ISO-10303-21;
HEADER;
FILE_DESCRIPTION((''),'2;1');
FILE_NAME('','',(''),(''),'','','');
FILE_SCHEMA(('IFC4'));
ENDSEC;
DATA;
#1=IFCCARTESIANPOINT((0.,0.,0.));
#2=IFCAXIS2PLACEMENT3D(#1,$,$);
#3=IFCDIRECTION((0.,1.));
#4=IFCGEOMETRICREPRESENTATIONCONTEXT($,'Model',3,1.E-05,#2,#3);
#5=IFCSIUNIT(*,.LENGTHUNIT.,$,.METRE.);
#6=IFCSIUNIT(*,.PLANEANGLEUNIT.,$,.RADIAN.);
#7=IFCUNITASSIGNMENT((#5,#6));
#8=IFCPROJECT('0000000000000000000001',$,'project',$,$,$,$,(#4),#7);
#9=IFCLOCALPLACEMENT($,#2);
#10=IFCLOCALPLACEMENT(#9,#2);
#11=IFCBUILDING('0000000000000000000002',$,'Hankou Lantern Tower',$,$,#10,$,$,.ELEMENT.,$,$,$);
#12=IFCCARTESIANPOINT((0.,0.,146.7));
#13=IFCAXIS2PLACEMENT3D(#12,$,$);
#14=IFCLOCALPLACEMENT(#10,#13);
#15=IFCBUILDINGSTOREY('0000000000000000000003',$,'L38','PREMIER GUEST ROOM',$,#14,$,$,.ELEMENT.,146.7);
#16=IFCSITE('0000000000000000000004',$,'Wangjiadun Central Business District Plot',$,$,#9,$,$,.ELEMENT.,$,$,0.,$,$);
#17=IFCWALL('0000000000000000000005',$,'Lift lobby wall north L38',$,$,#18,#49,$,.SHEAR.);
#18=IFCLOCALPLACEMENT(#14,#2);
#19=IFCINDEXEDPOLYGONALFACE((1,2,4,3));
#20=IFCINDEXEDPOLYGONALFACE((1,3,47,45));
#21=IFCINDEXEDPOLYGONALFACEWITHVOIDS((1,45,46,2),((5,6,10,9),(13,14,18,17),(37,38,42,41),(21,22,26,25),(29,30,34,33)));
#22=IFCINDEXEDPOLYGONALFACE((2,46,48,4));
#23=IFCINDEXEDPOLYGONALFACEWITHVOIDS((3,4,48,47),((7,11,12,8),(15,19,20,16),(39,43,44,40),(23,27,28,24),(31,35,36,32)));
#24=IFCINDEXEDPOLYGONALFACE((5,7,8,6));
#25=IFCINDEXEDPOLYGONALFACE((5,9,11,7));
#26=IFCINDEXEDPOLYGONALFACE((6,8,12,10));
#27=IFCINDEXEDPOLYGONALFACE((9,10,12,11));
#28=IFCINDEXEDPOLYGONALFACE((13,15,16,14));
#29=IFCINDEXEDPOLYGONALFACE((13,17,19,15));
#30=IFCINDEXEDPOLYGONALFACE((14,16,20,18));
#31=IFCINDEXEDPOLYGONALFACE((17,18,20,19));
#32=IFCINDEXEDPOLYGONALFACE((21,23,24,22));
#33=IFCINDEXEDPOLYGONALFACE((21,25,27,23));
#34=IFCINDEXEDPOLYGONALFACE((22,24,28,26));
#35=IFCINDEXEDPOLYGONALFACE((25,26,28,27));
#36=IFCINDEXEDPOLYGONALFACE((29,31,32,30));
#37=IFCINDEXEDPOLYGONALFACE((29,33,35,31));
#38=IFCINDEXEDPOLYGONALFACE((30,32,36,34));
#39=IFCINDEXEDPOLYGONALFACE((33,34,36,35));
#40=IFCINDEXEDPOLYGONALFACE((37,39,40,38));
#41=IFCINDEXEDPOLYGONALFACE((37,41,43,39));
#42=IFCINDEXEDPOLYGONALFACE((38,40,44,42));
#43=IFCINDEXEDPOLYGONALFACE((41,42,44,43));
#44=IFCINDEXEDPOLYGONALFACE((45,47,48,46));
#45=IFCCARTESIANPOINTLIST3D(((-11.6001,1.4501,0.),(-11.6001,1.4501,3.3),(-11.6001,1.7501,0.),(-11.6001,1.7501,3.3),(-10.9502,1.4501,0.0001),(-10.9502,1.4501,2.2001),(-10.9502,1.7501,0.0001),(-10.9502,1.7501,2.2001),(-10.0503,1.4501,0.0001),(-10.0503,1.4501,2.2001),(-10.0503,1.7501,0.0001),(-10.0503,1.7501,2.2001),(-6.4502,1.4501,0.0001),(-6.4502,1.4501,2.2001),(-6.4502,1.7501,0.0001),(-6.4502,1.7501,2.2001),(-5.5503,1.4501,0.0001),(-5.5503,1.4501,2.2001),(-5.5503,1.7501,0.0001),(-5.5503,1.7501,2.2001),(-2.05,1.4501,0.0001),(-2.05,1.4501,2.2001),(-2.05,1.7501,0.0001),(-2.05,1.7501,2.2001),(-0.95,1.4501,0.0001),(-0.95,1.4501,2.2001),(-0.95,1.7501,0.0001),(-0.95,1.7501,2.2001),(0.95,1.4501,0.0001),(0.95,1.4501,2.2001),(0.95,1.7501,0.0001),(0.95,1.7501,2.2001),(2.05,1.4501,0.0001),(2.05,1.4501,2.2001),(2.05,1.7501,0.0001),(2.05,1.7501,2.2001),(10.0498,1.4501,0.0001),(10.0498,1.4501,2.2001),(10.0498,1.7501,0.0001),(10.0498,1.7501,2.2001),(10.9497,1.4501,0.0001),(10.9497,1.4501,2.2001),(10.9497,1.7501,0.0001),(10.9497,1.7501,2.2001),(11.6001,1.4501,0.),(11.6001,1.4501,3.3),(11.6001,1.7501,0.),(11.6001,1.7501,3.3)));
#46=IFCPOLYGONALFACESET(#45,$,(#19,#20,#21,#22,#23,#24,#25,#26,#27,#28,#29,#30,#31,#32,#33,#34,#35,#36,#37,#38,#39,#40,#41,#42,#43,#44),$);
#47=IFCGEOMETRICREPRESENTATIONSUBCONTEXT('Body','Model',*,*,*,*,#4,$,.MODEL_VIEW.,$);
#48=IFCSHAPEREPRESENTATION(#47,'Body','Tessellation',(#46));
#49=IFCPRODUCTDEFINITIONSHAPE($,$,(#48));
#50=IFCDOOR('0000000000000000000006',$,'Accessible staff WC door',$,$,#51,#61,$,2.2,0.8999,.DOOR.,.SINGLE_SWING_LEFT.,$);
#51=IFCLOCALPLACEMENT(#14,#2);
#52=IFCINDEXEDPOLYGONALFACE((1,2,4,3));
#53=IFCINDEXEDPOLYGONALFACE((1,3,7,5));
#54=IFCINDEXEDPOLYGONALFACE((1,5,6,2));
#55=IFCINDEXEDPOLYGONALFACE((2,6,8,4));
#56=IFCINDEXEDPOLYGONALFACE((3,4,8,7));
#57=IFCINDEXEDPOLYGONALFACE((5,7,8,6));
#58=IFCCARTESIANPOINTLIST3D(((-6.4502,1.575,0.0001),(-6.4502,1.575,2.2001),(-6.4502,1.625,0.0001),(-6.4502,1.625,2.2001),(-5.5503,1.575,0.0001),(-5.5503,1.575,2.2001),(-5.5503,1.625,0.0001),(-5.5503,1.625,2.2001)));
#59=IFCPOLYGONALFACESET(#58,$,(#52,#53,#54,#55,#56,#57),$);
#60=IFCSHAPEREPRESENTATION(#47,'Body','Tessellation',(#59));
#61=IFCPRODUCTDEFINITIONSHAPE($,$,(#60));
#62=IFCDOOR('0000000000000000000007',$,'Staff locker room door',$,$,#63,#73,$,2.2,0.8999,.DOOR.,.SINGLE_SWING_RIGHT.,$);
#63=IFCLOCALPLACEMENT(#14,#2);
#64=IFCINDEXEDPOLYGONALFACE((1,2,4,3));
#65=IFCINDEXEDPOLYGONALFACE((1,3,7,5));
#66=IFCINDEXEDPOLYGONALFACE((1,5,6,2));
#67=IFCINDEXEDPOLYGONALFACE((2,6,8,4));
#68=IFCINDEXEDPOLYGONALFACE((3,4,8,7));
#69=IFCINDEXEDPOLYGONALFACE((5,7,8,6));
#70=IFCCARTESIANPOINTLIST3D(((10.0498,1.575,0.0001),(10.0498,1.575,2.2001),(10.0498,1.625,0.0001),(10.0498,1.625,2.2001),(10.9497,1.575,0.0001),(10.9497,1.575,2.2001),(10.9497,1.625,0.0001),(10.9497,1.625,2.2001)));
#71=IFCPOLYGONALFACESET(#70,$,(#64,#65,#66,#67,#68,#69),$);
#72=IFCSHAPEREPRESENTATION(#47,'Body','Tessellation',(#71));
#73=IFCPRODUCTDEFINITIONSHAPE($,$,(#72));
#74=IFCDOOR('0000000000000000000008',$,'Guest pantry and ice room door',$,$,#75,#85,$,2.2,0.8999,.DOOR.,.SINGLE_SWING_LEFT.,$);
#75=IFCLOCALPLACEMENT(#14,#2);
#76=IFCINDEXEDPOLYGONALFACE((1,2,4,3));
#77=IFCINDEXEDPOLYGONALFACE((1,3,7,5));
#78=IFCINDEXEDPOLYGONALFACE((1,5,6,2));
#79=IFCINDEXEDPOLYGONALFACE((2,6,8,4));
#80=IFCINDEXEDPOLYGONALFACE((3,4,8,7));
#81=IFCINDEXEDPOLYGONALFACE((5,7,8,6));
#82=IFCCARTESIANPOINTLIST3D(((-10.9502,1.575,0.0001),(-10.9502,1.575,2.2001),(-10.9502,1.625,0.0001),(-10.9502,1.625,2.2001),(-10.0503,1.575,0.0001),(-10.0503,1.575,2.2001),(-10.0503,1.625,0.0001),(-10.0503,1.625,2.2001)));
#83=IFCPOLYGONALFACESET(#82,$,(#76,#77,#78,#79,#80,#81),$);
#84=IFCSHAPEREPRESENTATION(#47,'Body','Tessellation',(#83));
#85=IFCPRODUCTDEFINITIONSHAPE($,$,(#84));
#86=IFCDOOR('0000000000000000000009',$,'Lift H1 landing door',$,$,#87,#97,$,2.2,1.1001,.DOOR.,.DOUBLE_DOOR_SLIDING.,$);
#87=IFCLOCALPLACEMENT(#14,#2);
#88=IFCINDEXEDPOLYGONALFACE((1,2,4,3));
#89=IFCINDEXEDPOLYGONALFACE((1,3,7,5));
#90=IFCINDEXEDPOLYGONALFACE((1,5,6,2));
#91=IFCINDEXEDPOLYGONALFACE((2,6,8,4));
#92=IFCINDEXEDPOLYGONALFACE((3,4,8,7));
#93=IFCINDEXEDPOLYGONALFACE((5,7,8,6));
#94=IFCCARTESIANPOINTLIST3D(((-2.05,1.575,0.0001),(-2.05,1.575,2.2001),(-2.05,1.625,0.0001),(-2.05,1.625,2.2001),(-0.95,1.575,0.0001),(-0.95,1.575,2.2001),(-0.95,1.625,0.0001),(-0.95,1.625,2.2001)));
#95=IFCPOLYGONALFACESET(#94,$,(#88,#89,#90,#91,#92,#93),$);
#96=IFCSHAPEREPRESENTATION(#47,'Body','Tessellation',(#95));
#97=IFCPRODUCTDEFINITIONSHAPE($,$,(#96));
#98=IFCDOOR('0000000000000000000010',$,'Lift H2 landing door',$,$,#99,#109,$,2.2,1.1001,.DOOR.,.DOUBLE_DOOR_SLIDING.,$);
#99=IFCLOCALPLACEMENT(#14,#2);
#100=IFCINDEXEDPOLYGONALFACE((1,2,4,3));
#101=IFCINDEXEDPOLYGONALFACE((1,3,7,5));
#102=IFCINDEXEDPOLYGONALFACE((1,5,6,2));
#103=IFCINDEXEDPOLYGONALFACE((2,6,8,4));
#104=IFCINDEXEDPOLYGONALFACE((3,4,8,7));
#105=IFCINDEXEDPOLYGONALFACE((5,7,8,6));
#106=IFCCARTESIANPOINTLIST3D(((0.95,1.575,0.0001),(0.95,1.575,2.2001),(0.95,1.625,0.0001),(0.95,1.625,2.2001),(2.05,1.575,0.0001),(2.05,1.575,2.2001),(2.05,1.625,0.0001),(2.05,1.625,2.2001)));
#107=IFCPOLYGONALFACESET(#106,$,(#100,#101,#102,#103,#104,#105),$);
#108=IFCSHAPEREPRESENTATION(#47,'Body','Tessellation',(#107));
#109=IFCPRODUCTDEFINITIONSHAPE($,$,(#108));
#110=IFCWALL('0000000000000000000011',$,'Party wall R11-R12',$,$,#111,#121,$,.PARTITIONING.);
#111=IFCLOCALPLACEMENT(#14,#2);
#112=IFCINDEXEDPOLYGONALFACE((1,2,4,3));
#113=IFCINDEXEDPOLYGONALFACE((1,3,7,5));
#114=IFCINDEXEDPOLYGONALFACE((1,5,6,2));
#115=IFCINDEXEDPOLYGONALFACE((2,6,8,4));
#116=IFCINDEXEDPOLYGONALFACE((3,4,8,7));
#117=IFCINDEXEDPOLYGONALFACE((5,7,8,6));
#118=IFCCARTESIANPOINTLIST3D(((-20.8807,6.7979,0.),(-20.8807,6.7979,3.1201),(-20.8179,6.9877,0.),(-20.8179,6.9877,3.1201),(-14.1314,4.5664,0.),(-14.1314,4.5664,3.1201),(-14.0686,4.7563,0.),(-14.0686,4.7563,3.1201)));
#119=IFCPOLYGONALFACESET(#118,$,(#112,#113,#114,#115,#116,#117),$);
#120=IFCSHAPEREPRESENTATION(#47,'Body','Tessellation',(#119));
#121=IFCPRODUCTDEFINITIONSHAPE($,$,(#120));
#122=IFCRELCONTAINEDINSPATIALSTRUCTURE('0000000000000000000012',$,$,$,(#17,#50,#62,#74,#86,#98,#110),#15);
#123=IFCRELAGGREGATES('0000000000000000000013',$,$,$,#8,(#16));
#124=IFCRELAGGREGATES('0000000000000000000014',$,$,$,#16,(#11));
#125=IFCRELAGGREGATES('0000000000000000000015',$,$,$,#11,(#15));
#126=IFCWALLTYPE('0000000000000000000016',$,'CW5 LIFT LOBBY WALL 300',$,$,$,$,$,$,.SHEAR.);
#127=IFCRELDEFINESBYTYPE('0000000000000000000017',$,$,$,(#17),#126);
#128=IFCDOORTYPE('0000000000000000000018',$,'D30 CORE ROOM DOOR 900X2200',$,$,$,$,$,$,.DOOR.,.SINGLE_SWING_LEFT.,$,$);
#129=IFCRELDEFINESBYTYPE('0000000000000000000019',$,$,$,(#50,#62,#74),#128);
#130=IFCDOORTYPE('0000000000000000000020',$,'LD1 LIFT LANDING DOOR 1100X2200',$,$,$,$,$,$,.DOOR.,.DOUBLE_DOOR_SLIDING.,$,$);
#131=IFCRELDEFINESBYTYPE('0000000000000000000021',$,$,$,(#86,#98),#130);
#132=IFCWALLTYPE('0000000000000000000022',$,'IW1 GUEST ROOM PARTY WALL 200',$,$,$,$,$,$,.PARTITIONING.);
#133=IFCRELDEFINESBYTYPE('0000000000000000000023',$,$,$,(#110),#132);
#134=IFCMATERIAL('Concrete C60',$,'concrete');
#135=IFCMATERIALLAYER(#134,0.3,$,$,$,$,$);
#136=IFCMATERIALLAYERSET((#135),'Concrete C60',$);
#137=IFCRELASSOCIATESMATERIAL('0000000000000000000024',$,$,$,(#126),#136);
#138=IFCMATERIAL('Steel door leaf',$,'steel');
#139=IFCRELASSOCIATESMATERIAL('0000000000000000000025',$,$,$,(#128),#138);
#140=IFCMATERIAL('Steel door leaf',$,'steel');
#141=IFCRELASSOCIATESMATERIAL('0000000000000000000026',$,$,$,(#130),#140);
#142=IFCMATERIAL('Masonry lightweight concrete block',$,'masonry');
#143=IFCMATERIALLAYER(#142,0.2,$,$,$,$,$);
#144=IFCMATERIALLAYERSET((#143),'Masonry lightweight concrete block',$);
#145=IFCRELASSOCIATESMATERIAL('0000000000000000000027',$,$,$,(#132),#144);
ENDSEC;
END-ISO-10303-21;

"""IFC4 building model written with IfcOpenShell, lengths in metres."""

from ifc_helpers import new_model, si_unit, direction, frame, frame_2d, origin, place, context, subcontext, project, spatial, rectangle, extrude, material, layer, layer_set, type_object, element, fill, save


model = new_model("IFC4")

# Units and contexts
model_context = context("Model", 3, precision=1e-05, world=origin(), true_north=direction((0.0, 1.0)))
body_context = subcontext(model_context, "Body", "Model", "MODEL_VIEW")
ifc_project = project(units=[si_unit("LENGTHUNIT", "METRE"), si_unit("PLANEANGLEUNIT", "RADIAN")], contexts=[model_context])

# Site, building, storey
site_placement = place(None, origin())
site = spatial("IfcSite", under=ifc_project, at=site_placement, Name="Wangjiadun Central Business District Plot", CompositionType="ELEMENT", RefElevation=0.0)
building_placement = place(site_placement, origin())
building = spatial("IfcBuilding", under=site, at=building_placement, Name="Hankou Lantern Tower", CompositionType="ELEMENT")
storey_placement = place(building_placement, frame((0.0, 0.0, 146.7)))
storey = spatial("IfcBuildingStorey", under=building, at=storey_placement, Name="L38", Description="PREMIER GUEST ROOM", CompositionType="ELEMENT", Elevation=146.7)

# Wall, openings, doors
ifc_material_1 = material(Name="Concrete C60", Category="concrete")
ifc_layer_1 = layer(ifc_material_1, 0.3)
ifc_layer_set_1 = layer_set([ifc_layer_1], Name="Concrete C60")
wall_type_1 = type_object("IfcWallType", Name="CW5 LIFT LOBBY WALL 300", PredefinedType="SHEAR", material=ifc_layer_set_1)
wall_1_placement = place(storey_placement, frame((-11.6001, 1.6001, 0.0), z_axis=(0.0, 0.0, 1.0), x_axis=(1.0, 0.0, 0.0)))
wall_1 = element("IfcWall", 1, at=wall_1_placement, inside=storey, type_object=wall_type_1, Name="Lift lobby wall north L38", PredefinedType="SHEAR", context=body_context, shape_type="SweptSolid", body=[
    extrude(rectangle(XDim=23.2002, YDim=0.3, at=frame_2d((11.6001, 0.0))), origin(), (0.0, 0.0, 1.0), 3.3),
])
opening_1_placement = place(wall_1_placement, frame((9.55, 0.0, 0.0)))
opening_1 = element("IfcOpeningElement", 2, at=opening_1_placement, cuts=wall_1, PredefinedType="OPENING", context=body_context, shape_type="SweptSolid", body=[
    extrude(rectangle(XDim=1.1001, YDim=2.2, at=frame_2d((0.55, 1.1001))), frame((0.0, 0.1599, 0.0), z_axis=(0.0, -1.0, 0.0), x_axis=(1.0, 0.0, 0.0)), (0.0, 0.0, 1.0), 0.3201),
])
opening_2_placement = place(wall_1_placement, frame((12.55, 0.0, 0.0)))
opening_2 = element("IfcOpeningElement", 3, at=opening_2_placement, cuts=wall_1, PredefinedType="OPENING", context=body_context, shape_type="SweptSolid", body=[
    extrude(rectangle(XDim=1.1001, YDim=2.2, at=frame_2d((0.55, 1.1001))), frame((0.0, 0.1599, 0.0), z_axis=(0.0, -1.0, 0.0), x_axis=(1.0, 0.0, 0.0)), (0.0, 0.0, 1.0), 0.3201),
])
opening_3_placement = place(wall_1_placement, frame((5.1499, 0.0, 0.0)))
opening_3 = element("IfcOpeningElement", 4, at=opening_3_placement, cuts=wall_1, PredefinedType="OPENING", context=body_context, shape_type="SweptSolid", body=[
    extrude(rectangle(XDim=0.8999, YDim=2.2, at=frame_2d((0.45, 1.1001))), frame((0.0, 0.1599, 0.0), z_axis=(0.0, -1.0, 0.0), x_axis=(1.0, 0.0, 0.0)), (0.0, 0.0, 1.0), 0.3201),
])
opening_4_placement = place(wall_1_placement, frame((21.6499, 0.0, 0.0)))
opening_4 = element("IfcOpeningElement", 5, at=opening_4_placement, cuts=wall_1, PredefinedType="OPENING", context=body_context, shape_type="SweptSolid", body=[
    extrude(rectangle(XDim=0.8999, YDim=2.2, at=frame_2d((0.45, 1.1001))), frame((0.0, 0.1599, 0.0), z_axis=(0.0, -1.0, 0.0), x_axis=(1.0, 0.0, 0.0)), (0.0, 0.0, 1.0), 0.3201),
])
opening_5_placement = place(wall_1_placement, frame((0.6499, 0.0, 0.0)))
opening_5 = element("IfcOpeningElement", 6, at=opening_5_placement, cuts=wall_1, PredefinedType="OPENING", context=body_context, shape_type="SweptSolid", body=[
    extrude(rectangle(XDim=0.8999, YDim=2.2, at=frame_2d((0.45, 1.1001))), frame((0.0, 0.1599, 0.0), z_axis=(0.0, -1.0, 0.0), x_axis=(1.0, 0.0, 0.0)), (0.0, 0.0, 1.0), 0.3201),
])
ifc_material_2 = material(Name="Steel door leaf", Category="steel")
door_type_1 = type_object("IfcDoorType", Name="D30 CORE ROOM DOOR 900X2200", OperationType="SINGLE_SWING_LEFT", PredefinedType="DOOR", material=ifc_material_2)
door_1_placement = place(opening_3_placement, origin())
door_1 = element("IfcDoor", 7, at=door_1_placement, inside=storey, type_object=door_type_1, Name="Accessible staff WC door", OperationType="SINGLE_SWING_LEFT", OverallHeight=2.2, OverallWidth=0.8999, PredefinedType="DOOR", context=body_context, shape_type="SweptSolid", body=[
    extrude(rectangle(XDim=0.8999, YDim=2.2, at=frame_2d((0.45, 1.1001))), frame((0.0, 0.0249, 0.0), z_axis=(0.0, -1.0, 0.0), x_axis=(1.0, 0.0, 0.0)), (0.0, 0.0, 1.0), 0.05),
])
fill(opening_3, door_1)
door_2_placement = place(opening_4_placement, origin())
door_2 = element("IfcDoor", 8, at=door_2_placement, inside=storey, type_object=door_type_1, Name="Staff locker room door", OperationType="SINGLE_SWING_RIGHT", OverallHeight=2.2, OverallWidth=0.8999, PredefinedType="DOOR", context=body_context, shape_type="SweptSolid", body=[
    extrude(rectangle(XDim=0.8999, YDim=2.2, at=frame_2d((0.45, 1.1001))), frame((0.0, 0.0249, 0.0), z_axis=(0.0, -1.0, 0.0), x_axis=(1.0, 0.0, 0.0)), (0.0, 0.0, 1.0), 0.05),
])
fill(opening_4, door_2)
door_3_placement = place(opening_5_placement, origin())
door_3 = element("IfcDoor", 9, at=door_3_placement, inside=storey, type_object=door_type_1, Name="Guest pantry and ice room door", OperationType="SINGLE_SWING_LEFT", OverallHeight=2.2, OverallWidth=0.8999, PredefinedType="DOOR", context=body_context, shape_type="SweptSolid", body=[
    extrude(rectangle(XDim=0.8999, YDim=2.2, at=frame_2d((0.45, 1.1001))), frame((0.0, 0.0249, 0.0), z_axis=(0.0, -1.0, 0.0), x_axis=(1.0, 0.0, 0.0)), (0.0, 0.0, 1.0), 0.05),
])
fill(opening_5, door_3)
ifc_material_3 = material(Name="Steel door leaf", Category="steel")
door_type_2 = type_object("IfcDoorType", Name="LD1 LIFT LANDING DOOR 1100X2200", OperationType="DOUBLE_DOOR_SLIDING", PredefinedType="DOOR", material=ifc_material_3)
door_4_placement = place(opening_1_placement, origin())
door_4 = element("IfcDoor", 10, at=door_4_placement, inside=storey, type_object=door_type_2, Name="Lift H1 landing door", OperationType="DOUBLE_DOOR_SLIDING", OverallHeight=2.2, OverallWidth=1.1001, PredefinedType="DOOR", context=body_context, shape_type="SweptSolid", body=[
    extrude(rectangle(XDim=1.1001, YDim=2.2, at=frame_2d((0.55, 1.1001))), frame((0.0, 0.0249, 0.0), z_axis=(0.0, -1.0, 0.0), x_axis=(1.0, 0.0, 0.0)), (0.0, 0.0, 1.0), 0.05),
])
fill(opening_1, door_4)
door_5_placement = place(opening_2_placement, origin())
door_5 = element("IfcDoor", 11, at=door_5_placement, inside=storey, type_object=door_type_2, Name="Lift H2 landing door", OperationType="DOUBLE_DOOR_SLIDING", OverallHeight=2.2, OverallWidth=1.1001, PredefinedType="DOOR", context=body_context, shape_type="SweptSolid", body=[
    extrude(rectangle(XDim=1.1001, YDim=2.2, at=frame_2d((0.55, 1.1001))), frame((0.0, 0.0249, 0.0), z_axis=(0.0, -1.0, 0.0), x_axis=(1.0, 0.0, 0.0)), (0.0, 0.0, 1.0), 0.05),
])
fill(opening_2, door_5)

# Wall
ifc_material_4 = material(Name="Masonry lightweight concrete block", Category="masonry")
ifc_layer_2 = layer(ifc_material_4, 0.2)
ifc_layer_set_2 = layer_set([ifc_layer_2], Name="Masonry lightweight concrete block")
wall_type_2 = type_object("IfcWallType", Name="IW1 GUEST ROOM PARTY WALL 200", PredefinedType="PARTITIONING", material=ifc_layer_set_2)
wall_2_placement = place(storey_placement, frame((-14.1001, 4.6614, 0.0), z_axis=(0.0, 0.0, 1.0), x_axis=(-0.949453, 0.313909, 0.0)))
element("IfcWall", 12, at=wall_2_placement, inside=storey, type_object=wall_type_2, Name="Party wall R11-R12", PredefinedType="PARTITIONING", context=body_context, shape_type="SweptSolid", body=[
    extrude(rectangle(XDim=7.1086, YDim=0.2, at=frame_2d((3.5542, 0.0))), origin(), (0.0, 0.0, 1.0), 3.1201),
])

save(model, "model.ifc")
